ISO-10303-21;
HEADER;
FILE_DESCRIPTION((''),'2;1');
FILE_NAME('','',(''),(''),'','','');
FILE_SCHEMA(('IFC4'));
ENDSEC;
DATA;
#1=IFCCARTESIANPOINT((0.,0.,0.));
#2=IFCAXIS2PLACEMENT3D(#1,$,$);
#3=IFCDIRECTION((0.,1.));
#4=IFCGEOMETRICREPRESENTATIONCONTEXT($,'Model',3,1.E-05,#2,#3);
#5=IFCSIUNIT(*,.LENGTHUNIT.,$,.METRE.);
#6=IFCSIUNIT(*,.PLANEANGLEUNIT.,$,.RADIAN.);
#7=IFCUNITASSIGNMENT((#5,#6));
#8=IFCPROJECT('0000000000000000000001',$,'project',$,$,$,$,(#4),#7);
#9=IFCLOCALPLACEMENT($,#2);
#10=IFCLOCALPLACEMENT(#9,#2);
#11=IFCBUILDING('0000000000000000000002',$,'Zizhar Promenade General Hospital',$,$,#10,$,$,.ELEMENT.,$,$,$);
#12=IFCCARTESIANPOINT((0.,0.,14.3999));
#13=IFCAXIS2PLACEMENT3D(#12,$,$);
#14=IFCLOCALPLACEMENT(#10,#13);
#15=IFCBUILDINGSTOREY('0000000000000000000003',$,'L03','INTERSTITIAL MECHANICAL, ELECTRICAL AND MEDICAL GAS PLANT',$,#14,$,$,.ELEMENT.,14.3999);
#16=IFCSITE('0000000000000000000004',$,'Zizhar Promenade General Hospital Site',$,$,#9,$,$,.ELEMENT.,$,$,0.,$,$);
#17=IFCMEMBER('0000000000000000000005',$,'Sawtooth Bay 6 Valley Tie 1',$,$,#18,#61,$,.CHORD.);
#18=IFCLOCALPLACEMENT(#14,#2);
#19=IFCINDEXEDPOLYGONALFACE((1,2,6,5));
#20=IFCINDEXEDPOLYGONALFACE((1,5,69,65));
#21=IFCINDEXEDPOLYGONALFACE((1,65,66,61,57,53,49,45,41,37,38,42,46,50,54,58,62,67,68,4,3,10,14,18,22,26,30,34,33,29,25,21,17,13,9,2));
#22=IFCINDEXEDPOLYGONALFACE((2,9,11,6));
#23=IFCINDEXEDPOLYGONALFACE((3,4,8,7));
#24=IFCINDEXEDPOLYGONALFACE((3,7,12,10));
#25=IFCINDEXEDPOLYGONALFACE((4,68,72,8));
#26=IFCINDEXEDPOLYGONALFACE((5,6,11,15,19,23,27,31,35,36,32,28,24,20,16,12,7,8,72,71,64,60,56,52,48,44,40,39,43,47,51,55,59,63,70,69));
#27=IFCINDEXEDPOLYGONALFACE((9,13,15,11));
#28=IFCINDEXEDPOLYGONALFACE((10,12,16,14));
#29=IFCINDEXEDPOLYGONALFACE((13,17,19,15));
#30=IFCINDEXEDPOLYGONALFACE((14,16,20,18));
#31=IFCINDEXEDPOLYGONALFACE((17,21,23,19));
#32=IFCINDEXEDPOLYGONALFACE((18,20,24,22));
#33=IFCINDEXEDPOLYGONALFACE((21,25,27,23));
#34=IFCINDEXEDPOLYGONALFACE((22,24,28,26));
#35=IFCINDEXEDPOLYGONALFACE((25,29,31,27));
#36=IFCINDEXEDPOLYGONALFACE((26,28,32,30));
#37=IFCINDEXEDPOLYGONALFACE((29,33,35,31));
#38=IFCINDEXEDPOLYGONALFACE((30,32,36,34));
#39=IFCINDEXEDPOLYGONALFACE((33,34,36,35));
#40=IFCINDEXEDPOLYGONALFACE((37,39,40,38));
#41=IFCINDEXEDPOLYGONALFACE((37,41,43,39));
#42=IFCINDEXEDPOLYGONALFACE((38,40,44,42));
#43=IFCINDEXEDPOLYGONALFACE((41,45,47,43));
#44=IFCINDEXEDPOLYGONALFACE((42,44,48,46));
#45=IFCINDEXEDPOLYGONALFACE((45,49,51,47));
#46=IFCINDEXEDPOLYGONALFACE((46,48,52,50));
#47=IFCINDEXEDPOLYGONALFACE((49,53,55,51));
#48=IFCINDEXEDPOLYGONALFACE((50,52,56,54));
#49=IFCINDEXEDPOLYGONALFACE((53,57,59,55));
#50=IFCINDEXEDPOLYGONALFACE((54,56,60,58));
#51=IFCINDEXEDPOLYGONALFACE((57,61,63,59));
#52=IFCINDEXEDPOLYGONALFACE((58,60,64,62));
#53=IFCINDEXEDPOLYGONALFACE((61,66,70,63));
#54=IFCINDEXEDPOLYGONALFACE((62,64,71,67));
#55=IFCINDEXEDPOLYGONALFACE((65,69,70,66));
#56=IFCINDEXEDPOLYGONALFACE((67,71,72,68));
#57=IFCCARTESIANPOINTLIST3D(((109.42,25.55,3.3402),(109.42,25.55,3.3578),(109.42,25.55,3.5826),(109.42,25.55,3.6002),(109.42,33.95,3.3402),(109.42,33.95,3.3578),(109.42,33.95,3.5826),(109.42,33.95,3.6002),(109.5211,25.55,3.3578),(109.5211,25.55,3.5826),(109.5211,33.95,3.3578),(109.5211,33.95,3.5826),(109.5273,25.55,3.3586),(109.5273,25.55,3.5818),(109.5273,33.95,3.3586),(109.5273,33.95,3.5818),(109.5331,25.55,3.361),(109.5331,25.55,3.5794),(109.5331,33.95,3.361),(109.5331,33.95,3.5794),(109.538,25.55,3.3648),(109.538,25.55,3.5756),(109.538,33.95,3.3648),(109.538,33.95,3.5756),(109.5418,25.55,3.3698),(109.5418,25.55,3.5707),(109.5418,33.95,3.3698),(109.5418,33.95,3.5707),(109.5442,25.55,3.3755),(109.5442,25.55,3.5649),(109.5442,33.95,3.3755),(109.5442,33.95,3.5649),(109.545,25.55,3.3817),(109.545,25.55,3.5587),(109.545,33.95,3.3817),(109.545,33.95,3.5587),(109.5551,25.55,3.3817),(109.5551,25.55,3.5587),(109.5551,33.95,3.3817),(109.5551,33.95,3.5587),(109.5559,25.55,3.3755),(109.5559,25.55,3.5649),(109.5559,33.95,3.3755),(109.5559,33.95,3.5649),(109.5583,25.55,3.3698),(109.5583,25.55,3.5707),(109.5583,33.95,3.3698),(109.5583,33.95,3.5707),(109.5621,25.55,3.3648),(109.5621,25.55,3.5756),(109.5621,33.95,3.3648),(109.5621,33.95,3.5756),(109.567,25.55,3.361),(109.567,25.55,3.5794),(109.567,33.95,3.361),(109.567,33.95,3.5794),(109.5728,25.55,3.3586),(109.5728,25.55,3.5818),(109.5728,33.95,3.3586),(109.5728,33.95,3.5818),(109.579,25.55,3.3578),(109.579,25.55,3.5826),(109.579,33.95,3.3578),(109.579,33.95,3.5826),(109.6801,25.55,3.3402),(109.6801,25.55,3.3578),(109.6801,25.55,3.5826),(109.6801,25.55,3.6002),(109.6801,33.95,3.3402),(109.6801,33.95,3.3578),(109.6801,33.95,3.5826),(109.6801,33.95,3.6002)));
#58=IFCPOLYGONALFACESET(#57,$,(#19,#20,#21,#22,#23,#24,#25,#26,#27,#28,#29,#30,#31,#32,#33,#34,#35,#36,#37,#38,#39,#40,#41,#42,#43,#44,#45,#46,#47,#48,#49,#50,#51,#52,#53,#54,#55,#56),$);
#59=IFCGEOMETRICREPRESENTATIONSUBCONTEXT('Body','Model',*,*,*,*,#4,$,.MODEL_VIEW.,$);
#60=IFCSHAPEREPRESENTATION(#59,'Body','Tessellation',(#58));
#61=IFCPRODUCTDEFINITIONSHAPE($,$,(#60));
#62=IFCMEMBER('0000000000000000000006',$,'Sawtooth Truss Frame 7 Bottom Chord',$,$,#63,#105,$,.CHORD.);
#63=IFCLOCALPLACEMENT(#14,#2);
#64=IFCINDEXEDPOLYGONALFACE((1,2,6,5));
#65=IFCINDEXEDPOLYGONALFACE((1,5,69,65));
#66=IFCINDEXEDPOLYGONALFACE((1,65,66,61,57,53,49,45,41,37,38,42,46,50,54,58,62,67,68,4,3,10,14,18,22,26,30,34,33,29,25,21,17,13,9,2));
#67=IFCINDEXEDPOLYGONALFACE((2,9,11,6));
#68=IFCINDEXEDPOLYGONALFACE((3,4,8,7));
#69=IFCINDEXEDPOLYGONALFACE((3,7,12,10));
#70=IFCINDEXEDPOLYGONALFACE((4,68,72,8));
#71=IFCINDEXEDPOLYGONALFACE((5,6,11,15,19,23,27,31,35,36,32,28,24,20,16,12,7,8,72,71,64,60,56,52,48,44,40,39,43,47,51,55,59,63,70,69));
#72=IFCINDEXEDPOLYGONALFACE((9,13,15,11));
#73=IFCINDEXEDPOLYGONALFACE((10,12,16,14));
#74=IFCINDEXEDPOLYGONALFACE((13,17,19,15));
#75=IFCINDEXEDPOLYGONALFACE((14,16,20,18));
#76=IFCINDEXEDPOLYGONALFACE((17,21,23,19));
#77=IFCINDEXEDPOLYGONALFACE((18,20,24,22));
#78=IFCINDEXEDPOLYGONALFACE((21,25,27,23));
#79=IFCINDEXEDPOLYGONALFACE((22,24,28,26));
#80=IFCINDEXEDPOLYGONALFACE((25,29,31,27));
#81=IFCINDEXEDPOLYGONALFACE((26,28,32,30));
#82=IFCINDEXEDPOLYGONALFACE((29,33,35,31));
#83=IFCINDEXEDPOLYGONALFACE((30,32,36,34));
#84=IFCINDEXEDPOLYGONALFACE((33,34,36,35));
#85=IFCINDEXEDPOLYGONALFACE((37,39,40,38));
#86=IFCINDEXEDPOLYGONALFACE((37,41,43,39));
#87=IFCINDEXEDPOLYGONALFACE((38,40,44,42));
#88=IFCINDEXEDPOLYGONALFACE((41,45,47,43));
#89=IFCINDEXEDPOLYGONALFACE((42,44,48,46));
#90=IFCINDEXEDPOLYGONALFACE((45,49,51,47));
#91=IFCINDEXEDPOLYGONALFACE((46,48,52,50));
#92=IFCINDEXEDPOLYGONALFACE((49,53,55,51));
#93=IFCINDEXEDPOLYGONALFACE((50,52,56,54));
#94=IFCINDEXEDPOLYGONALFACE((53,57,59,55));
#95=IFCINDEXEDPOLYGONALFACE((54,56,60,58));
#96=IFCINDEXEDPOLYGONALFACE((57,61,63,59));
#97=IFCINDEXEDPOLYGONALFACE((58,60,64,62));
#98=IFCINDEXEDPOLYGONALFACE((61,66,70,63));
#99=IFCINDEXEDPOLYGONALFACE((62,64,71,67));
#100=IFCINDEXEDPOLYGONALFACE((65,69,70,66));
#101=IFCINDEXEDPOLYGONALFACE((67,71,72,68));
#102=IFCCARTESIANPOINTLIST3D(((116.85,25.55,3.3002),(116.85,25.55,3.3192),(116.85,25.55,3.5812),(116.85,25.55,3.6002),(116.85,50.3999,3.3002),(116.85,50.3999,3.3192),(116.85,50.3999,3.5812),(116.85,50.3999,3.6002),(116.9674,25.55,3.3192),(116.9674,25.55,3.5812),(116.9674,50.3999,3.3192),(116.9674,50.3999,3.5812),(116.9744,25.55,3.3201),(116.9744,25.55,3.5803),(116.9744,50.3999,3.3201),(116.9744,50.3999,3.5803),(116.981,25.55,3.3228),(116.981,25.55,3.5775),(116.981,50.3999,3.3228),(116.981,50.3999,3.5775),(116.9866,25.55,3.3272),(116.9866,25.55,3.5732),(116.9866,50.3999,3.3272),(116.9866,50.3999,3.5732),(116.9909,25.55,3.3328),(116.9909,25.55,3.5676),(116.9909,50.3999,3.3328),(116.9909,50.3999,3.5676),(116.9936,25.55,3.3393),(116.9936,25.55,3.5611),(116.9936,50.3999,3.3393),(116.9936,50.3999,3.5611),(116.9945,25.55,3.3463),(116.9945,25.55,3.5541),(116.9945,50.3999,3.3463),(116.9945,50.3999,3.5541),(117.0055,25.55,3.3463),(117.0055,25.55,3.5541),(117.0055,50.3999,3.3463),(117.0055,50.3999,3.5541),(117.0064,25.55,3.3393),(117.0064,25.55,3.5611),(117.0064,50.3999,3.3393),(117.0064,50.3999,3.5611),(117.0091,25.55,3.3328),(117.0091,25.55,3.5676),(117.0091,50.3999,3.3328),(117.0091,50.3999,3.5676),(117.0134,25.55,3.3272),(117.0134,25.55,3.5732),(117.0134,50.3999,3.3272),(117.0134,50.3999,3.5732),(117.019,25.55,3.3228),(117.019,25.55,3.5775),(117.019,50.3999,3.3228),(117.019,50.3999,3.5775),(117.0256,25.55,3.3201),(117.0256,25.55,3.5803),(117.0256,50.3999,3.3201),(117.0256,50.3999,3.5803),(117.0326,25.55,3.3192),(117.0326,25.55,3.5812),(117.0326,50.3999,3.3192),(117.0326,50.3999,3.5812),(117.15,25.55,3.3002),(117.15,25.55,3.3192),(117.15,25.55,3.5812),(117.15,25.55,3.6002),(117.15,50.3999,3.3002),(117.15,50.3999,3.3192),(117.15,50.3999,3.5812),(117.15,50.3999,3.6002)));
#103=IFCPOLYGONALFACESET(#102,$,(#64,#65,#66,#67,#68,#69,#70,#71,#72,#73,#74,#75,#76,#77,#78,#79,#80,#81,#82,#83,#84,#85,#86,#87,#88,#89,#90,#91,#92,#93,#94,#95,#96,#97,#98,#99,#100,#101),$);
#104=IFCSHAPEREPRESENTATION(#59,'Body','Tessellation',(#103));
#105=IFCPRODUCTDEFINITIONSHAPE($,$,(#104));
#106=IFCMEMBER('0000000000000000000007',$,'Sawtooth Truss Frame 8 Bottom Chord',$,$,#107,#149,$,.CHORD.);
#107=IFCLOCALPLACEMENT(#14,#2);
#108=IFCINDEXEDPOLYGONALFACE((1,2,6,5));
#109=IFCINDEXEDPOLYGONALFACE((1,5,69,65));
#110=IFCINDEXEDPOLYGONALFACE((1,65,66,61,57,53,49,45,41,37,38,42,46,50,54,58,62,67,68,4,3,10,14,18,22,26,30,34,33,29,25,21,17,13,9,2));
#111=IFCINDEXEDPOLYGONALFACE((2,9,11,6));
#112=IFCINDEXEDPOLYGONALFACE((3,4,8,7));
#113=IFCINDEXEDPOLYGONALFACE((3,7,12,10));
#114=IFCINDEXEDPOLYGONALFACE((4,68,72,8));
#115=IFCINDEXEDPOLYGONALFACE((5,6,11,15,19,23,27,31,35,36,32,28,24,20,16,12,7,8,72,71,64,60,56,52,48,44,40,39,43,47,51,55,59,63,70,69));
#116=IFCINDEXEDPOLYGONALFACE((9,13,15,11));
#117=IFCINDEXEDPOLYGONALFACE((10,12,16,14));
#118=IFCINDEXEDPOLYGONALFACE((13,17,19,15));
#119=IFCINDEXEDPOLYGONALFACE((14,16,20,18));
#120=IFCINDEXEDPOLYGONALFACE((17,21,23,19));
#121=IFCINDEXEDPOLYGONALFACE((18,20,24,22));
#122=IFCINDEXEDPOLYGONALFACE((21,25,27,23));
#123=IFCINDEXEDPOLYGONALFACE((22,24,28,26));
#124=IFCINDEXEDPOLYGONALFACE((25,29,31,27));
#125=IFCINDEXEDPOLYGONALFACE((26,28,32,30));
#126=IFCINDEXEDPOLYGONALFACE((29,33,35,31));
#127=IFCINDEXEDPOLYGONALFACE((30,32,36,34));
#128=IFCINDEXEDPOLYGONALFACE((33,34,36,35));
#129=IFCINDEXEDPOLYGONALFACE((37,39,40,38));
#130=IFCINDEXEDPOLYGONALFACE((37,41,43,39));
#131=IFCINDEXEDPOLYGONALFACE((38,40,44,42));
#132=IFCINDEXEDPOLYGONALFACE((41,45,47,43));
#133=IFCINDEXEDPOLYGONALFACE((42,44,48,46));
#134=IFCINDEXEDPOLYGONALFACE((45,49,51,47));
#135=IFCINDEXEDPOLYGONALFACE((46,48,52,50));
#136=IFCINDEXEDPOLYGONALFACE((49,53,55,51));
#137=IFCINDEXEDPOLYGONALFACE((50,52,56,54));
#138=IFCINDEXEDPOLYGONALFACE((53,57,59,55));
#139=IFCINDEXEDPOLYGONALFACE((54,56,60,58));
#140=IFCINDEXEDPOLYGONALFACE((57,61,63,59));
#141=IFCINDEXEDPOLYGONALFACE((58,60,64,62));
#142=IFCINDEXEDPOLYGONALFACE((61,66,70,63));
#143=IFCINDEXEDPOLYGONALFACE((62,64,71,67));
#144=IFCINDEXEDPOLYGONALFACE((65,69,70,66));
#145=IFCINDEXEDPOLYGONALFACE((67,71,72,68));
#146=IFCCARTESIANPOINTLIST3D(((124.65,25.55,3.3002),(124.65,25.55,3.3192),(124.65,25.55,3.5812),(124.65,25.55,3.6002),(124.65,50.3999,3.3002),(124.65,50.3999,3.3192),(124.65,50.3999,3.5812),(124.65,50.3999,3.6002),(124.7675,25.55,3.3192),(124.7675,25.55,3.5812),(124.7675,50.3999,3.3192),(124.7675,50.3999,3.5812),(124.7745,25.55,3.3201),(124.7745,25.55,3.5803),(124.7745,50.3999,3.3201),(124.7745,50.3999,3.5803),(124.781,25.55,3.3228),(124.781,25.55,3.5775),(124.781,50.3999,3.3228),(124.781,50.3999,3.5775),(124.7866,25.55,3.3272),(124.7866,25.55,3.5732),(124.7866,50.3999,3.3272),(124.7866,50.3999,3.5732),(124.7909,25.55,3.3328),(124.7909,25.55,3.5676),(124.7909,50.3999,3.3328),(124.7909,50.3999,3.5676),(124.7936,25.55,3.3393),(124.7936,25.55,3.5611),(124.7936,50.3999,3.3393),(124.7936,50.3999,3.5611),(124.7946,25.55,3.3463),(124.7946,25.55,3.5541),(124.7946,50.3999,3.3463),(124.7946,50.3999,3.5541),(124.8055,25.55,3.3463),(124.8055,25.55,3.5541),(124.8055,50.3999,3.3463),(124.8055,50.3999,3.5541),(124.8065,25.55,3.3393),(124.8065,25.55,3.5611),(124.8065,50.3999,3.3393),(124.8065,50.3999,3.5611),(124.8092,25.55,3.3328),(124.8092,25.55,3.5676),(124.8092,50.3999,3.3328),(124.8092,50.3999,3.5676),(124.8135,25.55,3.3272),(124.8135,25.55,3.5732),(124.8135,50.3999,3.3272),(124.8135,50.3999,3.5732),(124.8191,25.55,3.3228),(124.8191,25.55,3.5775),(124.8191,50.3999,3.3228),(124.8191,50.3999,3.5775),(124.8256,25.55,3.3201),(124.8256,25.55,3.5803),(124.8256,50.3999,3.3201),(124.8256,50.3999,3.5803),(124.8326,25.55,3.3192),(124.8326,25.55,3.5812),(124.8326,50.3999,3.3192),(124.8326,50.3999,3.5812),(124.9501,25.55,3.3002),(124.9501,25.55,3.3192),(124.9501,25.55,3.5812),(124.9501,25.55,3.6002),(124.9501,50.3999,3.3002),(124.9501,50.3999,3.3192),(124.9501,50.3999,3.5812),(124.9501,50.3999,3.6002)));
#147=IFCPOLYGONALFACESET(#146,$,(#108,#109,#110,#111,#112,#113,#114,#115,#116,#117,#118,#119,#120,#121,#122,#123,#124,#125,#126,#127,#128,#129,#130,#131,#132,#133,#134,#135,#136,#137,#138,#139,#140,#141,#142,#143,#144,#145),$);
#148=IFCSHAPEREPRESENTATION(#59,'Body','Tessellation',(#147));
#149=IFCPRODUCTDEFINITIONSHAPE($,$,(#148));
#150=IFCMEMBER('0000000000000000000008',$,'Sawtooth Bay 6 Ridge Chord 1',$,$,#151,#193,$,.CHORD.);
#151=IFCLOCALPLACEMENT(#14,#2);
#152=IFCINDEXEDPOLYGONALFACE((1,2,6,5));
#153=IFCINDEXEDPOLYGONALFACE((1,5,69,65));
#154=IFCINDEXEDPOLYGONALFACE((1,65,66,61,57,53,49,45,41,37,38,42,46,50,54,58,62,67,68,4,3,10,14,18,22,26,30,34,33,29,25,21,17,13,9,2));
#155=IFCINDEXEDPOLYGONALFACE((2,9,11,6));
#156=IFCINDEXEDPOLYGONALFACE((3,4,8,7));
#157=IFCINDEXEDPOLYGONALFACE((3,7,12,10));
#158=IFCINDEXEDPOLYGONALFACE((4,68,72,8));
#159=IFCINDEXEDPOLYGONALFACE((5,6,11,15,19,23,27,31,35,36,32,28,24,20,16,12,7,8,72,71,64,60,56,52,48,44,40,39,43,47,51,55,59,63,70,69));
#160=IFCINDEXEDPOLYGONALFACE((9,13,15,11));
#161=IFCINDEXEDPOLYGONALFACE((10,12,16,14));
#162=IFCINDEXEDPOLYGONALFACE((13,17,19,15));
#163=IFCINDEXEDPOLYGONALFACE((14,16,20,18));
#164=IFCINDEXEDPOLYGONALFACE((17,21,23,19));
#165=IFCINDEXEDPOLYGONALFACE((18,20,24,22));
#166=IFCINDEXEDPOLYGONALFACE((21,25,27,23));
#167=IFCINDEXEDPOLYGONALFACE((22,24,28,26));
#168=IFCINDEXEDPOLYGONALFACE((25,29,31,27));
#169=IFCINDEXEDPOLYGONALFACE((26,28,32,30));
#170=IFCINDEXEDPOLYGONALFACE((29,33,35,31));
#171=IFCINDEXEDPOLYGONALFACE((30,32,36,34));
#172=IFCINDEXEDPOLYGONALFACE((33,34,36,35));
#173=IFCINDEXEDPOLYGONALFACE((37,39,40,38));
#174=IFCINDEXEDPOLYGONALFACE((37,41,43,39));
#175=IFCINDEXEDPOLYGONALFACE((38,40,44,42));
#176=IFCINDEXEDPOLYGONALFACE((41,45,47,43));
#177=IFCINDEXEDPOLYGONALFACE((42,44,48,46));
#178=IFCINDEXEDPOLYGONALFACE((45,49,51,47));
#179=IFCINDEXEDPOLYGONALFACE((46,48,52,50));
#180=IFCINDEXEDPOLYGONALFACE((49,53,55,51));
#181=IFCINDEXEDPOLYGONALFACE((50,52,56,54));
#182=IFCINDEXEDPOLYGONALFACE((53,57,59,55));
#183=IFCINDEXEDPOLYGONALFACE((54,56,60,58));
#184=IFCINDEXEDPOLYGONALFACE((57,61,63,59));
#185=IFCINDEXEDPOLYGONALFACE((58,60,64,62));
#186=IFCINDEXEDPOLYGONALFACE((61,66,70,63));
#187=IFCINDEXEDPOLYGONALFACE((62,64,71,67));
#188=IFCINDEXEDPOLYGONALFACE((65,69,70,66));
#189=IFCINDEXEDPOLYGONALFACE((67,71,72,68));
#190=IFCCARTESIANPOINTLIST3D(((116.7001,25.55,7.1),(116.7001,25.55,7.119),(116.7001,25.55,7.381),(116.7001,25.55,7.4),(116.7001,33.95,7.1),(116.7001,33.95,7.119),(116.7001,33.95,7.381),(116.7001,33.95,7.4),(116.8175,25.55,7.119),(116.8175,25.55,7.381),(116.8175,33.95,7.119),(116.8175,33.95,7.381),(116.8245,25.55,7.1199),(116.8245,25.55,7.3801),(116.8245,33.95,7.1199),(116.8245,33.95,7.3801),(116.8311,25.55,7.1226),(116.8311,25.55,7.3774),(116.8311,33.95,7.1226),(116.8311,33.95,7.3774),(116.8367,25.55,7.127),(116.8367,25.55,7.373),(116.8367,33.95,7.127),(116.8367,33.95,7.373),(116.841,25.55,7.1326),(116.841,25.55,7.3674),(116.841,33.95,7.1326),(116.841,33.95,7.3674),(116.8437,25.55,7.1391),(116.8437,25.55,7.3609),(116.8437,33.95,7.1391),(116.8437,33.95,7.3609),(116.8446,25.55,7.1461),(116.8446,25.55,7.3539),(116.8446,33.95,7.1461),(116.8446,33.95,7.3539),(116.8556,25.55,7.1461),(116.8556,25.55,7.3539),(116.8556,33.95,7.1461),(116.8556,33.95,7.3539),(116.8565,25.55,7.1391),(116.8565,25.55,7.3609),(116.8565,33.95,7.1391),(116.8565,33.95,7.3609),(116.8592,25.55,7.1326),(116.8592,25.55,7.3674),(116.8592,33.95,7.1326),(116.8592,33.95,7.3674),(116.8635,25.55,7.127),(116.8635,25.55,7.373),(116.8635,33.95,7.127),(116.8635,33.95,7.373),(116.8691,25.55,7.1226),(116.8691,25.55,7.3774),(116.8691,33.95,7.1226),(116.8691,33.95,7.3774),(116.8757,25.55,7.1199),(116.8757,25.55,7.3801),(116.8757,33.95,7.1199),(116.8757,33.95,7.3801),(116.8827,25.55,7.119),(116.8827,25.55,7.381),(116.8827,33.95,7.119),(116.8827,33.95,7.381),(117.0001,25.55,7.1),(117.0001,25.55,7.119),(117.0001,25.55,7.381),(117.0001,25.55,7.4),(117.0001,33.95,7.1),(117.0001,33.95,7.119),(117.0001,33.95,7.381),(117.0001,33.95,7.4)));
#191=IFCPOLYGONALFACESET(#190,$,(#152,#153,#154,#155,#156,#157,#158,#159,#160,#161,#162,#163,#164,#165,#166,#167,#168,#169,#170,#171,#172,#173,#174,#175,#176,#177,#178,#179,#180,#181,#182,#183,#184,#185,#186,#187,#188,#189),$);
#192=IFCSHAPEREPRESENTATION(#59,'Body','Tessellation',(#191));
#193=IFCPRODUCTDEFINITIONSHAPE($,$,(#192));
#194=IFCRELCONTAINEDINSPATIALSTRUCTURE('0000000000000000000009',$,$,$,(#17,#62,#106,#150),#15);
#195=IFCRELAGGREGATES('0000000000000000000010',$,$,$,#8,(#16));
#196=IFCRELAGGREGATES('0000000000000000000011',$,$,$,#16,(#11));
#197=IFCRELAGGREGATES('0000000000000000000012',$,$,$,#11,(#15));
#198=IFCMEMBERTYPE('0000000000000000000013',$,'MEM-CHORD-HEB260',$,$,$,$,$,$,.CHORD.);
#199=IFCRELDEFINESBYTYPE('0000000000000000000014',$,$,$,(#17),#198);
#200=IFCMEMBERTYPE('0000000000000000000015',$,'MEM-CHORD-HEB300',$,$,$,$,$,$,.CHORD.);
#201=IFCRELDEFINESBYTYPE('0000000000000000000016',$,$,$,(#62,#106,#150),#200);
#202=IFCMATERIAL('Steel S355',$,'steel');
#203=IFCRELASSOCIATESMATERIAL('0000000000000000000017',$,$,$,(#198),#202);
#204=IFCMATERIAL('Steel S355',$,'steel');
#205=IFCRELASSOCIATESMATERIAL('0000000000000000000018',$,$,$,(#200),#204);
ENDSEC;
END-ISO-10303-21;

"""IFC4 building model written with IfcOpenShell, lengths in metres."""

from ifc_helpers import new_model, si_unit, direction, frame, origin, origin_2d, place, context, subcontext, project, spatial, i_section, extrude, material, material_profile, profile_set, type_object, element, save


model = new_model("IFC4")

# Units and contexts
model_context = context("Model", 3, precision=1e-05, world=origin(), true_north=direction((0.0, 1.0)))
body_context = subcontext(model_context, "Body", "Model", "MODEL_VIEW")
ifc_project = project(units=[si_unit("LENGTHUNIT", "METRE"), si_unit("PLANEANGLEUNIT", "RADIAN")], contexts=[model_context])

# Site, building, storey
site_placement = place(None, origin())
site = spatial("IfcSite", under=ifc_project, at=site_placement, Name="Zizhar Promenade General Hospital Site", CompositionType="ELEMENT", RefElevation=0.0)
building_placement = place(site_placement, origin())
building = spatial("IfcBuilding", under=site, at=building_placement, Name="Zizhar Promenade General Hospital", CompositionType="ELEMENT")
storey_placement = place(building_placement, frame((0.0, 0.0, 14.3999)))
storey = spatial("IfcBuildingStorey", under=building, at=storey_placement, Name="L03", Description="INTERSTITIAL MECHANICAL, ELECTRICAL AND MEDICAL GAS PLANT", CompositionType="ELEMENT", Elevation=14.3999)

# Members
ifc_material_1 = material(Name="Steel S355", Category="steel")
ifc_material_profile_1 = material_profile(ifc_material_1, i_section(OverallWidth=0.26, OverallDepth=0.26, WebThickness=0.01, FlangeThickness=0.0176, FilletRadius=0.0239, at=origin_2d()))
ifc_profile_set_1 = profile_set([ifc_material_profile_1], Name="Steel S355")
member_type_1 = type_object("IfcMemberType", Name="MEM-CHORD-HEB260", PredefinedType="CHORD", material=ifc_profile_set_1)
member_1_placement = place(storey_placement, frame((109.55, 25.55, 3.4702), z_axis=(0.0, 1.0, 0.0), x_axis=(-1.0, 0.0, 0.0)))
element("IfcMember", 1, at=member_1_placement, inside=storey, type_object=member_type_1, Name="Sawtooth Bay 6 Valley Tie 1", PredefinedType="CHORD", context=body_context, shape_type="SweptSolid", body=[
    extrude(i_section(OverallWidth=0.26, OverallDepth=0.26, WebThickness=0.01, FlangeThickness=0.0176, FilletRadius=0.0239, at=origin_2d()), origin(), (0.0, 0.0, 1.0), 8.3999),
])
ifc_material_2 = material(Name="Steel S355", Category="steel")
ifc_material_profile_2 = material_profile(ifc_material_2, i_section(OverallWidth=0.3, OverallDepth=0.3, WebThickness=0.011, FlangeThickness=0.019, FilletRadius=0.0271, at=origin_2d()))
ifc_profile_set_2 = profile_set([ifc_material_profile_2], Name="Steel S355")
member_type_2 = type_object("IfcMemberType", Name="MEM-CHORD-HEB300", PredefinedType="CHORD", material=ifc_profile_set_2)
for number, where, z_axis, x_axis, name in (
    (2, (117.0, 25.55, 3.4502), (0.0, 1.0, 0.0), (-1.0, 0.0, 0.0), "Sawtooth Truss Frame 7 Bottom Chord"),
    (3, (124.8, 25.55, 3.4502), (0.0, 1.0, 0.0), (-1.0, 0.0, 0.0), "Sawtooth Truss Frame 8 Bottom Chord"),
):
    element("IfcMember", number, at=place(storey_placement, frame(where, z_axis=z_axis, x_axis=x_axis)), inside=storey, type_object=member_type_2, Name=name, PredefinedType="CHORD", context=body_context, shape_type="SweptSolid", body=[
        extrude(i_section(OverallWidth=0.3, OverallDepth=0.3, WebThickness=0.011, FlangeThickness=0.019, FilletRadius=0.0271, at=origin_2d()), origin(), (0.0, 0.0, 1.0), 24.8499),
    ])
for number, where, z_axis, x_axis, name in (
    (4, (116.8501, 25.55, 7.25), (0.0, 1.0, 0.0), (-1.0, 0.0, 0.0), "Sawtooth Bay 6 Ridge Chord 1"),
):
    element("IfcMember", number, at=place(storey_placement, frame(where, z_axis=z_axis, x_axis=x_axis)), inside=storey, type_object=member_type_2, Name=name, PredefinedType="CHORD", context=body_context, shape_type="SweptSolid", body=[
        extrude(i_section(OverallWidth=0.3, OverallDepth=0.3, WebThickness=0.011, FlangeThickness=0.019, FilletRadius=0.0271, at=origin_2d()), origin(), (0.0, 0.0, 1.0), 8.3999),
    ])

save(model, "model.ifc")
